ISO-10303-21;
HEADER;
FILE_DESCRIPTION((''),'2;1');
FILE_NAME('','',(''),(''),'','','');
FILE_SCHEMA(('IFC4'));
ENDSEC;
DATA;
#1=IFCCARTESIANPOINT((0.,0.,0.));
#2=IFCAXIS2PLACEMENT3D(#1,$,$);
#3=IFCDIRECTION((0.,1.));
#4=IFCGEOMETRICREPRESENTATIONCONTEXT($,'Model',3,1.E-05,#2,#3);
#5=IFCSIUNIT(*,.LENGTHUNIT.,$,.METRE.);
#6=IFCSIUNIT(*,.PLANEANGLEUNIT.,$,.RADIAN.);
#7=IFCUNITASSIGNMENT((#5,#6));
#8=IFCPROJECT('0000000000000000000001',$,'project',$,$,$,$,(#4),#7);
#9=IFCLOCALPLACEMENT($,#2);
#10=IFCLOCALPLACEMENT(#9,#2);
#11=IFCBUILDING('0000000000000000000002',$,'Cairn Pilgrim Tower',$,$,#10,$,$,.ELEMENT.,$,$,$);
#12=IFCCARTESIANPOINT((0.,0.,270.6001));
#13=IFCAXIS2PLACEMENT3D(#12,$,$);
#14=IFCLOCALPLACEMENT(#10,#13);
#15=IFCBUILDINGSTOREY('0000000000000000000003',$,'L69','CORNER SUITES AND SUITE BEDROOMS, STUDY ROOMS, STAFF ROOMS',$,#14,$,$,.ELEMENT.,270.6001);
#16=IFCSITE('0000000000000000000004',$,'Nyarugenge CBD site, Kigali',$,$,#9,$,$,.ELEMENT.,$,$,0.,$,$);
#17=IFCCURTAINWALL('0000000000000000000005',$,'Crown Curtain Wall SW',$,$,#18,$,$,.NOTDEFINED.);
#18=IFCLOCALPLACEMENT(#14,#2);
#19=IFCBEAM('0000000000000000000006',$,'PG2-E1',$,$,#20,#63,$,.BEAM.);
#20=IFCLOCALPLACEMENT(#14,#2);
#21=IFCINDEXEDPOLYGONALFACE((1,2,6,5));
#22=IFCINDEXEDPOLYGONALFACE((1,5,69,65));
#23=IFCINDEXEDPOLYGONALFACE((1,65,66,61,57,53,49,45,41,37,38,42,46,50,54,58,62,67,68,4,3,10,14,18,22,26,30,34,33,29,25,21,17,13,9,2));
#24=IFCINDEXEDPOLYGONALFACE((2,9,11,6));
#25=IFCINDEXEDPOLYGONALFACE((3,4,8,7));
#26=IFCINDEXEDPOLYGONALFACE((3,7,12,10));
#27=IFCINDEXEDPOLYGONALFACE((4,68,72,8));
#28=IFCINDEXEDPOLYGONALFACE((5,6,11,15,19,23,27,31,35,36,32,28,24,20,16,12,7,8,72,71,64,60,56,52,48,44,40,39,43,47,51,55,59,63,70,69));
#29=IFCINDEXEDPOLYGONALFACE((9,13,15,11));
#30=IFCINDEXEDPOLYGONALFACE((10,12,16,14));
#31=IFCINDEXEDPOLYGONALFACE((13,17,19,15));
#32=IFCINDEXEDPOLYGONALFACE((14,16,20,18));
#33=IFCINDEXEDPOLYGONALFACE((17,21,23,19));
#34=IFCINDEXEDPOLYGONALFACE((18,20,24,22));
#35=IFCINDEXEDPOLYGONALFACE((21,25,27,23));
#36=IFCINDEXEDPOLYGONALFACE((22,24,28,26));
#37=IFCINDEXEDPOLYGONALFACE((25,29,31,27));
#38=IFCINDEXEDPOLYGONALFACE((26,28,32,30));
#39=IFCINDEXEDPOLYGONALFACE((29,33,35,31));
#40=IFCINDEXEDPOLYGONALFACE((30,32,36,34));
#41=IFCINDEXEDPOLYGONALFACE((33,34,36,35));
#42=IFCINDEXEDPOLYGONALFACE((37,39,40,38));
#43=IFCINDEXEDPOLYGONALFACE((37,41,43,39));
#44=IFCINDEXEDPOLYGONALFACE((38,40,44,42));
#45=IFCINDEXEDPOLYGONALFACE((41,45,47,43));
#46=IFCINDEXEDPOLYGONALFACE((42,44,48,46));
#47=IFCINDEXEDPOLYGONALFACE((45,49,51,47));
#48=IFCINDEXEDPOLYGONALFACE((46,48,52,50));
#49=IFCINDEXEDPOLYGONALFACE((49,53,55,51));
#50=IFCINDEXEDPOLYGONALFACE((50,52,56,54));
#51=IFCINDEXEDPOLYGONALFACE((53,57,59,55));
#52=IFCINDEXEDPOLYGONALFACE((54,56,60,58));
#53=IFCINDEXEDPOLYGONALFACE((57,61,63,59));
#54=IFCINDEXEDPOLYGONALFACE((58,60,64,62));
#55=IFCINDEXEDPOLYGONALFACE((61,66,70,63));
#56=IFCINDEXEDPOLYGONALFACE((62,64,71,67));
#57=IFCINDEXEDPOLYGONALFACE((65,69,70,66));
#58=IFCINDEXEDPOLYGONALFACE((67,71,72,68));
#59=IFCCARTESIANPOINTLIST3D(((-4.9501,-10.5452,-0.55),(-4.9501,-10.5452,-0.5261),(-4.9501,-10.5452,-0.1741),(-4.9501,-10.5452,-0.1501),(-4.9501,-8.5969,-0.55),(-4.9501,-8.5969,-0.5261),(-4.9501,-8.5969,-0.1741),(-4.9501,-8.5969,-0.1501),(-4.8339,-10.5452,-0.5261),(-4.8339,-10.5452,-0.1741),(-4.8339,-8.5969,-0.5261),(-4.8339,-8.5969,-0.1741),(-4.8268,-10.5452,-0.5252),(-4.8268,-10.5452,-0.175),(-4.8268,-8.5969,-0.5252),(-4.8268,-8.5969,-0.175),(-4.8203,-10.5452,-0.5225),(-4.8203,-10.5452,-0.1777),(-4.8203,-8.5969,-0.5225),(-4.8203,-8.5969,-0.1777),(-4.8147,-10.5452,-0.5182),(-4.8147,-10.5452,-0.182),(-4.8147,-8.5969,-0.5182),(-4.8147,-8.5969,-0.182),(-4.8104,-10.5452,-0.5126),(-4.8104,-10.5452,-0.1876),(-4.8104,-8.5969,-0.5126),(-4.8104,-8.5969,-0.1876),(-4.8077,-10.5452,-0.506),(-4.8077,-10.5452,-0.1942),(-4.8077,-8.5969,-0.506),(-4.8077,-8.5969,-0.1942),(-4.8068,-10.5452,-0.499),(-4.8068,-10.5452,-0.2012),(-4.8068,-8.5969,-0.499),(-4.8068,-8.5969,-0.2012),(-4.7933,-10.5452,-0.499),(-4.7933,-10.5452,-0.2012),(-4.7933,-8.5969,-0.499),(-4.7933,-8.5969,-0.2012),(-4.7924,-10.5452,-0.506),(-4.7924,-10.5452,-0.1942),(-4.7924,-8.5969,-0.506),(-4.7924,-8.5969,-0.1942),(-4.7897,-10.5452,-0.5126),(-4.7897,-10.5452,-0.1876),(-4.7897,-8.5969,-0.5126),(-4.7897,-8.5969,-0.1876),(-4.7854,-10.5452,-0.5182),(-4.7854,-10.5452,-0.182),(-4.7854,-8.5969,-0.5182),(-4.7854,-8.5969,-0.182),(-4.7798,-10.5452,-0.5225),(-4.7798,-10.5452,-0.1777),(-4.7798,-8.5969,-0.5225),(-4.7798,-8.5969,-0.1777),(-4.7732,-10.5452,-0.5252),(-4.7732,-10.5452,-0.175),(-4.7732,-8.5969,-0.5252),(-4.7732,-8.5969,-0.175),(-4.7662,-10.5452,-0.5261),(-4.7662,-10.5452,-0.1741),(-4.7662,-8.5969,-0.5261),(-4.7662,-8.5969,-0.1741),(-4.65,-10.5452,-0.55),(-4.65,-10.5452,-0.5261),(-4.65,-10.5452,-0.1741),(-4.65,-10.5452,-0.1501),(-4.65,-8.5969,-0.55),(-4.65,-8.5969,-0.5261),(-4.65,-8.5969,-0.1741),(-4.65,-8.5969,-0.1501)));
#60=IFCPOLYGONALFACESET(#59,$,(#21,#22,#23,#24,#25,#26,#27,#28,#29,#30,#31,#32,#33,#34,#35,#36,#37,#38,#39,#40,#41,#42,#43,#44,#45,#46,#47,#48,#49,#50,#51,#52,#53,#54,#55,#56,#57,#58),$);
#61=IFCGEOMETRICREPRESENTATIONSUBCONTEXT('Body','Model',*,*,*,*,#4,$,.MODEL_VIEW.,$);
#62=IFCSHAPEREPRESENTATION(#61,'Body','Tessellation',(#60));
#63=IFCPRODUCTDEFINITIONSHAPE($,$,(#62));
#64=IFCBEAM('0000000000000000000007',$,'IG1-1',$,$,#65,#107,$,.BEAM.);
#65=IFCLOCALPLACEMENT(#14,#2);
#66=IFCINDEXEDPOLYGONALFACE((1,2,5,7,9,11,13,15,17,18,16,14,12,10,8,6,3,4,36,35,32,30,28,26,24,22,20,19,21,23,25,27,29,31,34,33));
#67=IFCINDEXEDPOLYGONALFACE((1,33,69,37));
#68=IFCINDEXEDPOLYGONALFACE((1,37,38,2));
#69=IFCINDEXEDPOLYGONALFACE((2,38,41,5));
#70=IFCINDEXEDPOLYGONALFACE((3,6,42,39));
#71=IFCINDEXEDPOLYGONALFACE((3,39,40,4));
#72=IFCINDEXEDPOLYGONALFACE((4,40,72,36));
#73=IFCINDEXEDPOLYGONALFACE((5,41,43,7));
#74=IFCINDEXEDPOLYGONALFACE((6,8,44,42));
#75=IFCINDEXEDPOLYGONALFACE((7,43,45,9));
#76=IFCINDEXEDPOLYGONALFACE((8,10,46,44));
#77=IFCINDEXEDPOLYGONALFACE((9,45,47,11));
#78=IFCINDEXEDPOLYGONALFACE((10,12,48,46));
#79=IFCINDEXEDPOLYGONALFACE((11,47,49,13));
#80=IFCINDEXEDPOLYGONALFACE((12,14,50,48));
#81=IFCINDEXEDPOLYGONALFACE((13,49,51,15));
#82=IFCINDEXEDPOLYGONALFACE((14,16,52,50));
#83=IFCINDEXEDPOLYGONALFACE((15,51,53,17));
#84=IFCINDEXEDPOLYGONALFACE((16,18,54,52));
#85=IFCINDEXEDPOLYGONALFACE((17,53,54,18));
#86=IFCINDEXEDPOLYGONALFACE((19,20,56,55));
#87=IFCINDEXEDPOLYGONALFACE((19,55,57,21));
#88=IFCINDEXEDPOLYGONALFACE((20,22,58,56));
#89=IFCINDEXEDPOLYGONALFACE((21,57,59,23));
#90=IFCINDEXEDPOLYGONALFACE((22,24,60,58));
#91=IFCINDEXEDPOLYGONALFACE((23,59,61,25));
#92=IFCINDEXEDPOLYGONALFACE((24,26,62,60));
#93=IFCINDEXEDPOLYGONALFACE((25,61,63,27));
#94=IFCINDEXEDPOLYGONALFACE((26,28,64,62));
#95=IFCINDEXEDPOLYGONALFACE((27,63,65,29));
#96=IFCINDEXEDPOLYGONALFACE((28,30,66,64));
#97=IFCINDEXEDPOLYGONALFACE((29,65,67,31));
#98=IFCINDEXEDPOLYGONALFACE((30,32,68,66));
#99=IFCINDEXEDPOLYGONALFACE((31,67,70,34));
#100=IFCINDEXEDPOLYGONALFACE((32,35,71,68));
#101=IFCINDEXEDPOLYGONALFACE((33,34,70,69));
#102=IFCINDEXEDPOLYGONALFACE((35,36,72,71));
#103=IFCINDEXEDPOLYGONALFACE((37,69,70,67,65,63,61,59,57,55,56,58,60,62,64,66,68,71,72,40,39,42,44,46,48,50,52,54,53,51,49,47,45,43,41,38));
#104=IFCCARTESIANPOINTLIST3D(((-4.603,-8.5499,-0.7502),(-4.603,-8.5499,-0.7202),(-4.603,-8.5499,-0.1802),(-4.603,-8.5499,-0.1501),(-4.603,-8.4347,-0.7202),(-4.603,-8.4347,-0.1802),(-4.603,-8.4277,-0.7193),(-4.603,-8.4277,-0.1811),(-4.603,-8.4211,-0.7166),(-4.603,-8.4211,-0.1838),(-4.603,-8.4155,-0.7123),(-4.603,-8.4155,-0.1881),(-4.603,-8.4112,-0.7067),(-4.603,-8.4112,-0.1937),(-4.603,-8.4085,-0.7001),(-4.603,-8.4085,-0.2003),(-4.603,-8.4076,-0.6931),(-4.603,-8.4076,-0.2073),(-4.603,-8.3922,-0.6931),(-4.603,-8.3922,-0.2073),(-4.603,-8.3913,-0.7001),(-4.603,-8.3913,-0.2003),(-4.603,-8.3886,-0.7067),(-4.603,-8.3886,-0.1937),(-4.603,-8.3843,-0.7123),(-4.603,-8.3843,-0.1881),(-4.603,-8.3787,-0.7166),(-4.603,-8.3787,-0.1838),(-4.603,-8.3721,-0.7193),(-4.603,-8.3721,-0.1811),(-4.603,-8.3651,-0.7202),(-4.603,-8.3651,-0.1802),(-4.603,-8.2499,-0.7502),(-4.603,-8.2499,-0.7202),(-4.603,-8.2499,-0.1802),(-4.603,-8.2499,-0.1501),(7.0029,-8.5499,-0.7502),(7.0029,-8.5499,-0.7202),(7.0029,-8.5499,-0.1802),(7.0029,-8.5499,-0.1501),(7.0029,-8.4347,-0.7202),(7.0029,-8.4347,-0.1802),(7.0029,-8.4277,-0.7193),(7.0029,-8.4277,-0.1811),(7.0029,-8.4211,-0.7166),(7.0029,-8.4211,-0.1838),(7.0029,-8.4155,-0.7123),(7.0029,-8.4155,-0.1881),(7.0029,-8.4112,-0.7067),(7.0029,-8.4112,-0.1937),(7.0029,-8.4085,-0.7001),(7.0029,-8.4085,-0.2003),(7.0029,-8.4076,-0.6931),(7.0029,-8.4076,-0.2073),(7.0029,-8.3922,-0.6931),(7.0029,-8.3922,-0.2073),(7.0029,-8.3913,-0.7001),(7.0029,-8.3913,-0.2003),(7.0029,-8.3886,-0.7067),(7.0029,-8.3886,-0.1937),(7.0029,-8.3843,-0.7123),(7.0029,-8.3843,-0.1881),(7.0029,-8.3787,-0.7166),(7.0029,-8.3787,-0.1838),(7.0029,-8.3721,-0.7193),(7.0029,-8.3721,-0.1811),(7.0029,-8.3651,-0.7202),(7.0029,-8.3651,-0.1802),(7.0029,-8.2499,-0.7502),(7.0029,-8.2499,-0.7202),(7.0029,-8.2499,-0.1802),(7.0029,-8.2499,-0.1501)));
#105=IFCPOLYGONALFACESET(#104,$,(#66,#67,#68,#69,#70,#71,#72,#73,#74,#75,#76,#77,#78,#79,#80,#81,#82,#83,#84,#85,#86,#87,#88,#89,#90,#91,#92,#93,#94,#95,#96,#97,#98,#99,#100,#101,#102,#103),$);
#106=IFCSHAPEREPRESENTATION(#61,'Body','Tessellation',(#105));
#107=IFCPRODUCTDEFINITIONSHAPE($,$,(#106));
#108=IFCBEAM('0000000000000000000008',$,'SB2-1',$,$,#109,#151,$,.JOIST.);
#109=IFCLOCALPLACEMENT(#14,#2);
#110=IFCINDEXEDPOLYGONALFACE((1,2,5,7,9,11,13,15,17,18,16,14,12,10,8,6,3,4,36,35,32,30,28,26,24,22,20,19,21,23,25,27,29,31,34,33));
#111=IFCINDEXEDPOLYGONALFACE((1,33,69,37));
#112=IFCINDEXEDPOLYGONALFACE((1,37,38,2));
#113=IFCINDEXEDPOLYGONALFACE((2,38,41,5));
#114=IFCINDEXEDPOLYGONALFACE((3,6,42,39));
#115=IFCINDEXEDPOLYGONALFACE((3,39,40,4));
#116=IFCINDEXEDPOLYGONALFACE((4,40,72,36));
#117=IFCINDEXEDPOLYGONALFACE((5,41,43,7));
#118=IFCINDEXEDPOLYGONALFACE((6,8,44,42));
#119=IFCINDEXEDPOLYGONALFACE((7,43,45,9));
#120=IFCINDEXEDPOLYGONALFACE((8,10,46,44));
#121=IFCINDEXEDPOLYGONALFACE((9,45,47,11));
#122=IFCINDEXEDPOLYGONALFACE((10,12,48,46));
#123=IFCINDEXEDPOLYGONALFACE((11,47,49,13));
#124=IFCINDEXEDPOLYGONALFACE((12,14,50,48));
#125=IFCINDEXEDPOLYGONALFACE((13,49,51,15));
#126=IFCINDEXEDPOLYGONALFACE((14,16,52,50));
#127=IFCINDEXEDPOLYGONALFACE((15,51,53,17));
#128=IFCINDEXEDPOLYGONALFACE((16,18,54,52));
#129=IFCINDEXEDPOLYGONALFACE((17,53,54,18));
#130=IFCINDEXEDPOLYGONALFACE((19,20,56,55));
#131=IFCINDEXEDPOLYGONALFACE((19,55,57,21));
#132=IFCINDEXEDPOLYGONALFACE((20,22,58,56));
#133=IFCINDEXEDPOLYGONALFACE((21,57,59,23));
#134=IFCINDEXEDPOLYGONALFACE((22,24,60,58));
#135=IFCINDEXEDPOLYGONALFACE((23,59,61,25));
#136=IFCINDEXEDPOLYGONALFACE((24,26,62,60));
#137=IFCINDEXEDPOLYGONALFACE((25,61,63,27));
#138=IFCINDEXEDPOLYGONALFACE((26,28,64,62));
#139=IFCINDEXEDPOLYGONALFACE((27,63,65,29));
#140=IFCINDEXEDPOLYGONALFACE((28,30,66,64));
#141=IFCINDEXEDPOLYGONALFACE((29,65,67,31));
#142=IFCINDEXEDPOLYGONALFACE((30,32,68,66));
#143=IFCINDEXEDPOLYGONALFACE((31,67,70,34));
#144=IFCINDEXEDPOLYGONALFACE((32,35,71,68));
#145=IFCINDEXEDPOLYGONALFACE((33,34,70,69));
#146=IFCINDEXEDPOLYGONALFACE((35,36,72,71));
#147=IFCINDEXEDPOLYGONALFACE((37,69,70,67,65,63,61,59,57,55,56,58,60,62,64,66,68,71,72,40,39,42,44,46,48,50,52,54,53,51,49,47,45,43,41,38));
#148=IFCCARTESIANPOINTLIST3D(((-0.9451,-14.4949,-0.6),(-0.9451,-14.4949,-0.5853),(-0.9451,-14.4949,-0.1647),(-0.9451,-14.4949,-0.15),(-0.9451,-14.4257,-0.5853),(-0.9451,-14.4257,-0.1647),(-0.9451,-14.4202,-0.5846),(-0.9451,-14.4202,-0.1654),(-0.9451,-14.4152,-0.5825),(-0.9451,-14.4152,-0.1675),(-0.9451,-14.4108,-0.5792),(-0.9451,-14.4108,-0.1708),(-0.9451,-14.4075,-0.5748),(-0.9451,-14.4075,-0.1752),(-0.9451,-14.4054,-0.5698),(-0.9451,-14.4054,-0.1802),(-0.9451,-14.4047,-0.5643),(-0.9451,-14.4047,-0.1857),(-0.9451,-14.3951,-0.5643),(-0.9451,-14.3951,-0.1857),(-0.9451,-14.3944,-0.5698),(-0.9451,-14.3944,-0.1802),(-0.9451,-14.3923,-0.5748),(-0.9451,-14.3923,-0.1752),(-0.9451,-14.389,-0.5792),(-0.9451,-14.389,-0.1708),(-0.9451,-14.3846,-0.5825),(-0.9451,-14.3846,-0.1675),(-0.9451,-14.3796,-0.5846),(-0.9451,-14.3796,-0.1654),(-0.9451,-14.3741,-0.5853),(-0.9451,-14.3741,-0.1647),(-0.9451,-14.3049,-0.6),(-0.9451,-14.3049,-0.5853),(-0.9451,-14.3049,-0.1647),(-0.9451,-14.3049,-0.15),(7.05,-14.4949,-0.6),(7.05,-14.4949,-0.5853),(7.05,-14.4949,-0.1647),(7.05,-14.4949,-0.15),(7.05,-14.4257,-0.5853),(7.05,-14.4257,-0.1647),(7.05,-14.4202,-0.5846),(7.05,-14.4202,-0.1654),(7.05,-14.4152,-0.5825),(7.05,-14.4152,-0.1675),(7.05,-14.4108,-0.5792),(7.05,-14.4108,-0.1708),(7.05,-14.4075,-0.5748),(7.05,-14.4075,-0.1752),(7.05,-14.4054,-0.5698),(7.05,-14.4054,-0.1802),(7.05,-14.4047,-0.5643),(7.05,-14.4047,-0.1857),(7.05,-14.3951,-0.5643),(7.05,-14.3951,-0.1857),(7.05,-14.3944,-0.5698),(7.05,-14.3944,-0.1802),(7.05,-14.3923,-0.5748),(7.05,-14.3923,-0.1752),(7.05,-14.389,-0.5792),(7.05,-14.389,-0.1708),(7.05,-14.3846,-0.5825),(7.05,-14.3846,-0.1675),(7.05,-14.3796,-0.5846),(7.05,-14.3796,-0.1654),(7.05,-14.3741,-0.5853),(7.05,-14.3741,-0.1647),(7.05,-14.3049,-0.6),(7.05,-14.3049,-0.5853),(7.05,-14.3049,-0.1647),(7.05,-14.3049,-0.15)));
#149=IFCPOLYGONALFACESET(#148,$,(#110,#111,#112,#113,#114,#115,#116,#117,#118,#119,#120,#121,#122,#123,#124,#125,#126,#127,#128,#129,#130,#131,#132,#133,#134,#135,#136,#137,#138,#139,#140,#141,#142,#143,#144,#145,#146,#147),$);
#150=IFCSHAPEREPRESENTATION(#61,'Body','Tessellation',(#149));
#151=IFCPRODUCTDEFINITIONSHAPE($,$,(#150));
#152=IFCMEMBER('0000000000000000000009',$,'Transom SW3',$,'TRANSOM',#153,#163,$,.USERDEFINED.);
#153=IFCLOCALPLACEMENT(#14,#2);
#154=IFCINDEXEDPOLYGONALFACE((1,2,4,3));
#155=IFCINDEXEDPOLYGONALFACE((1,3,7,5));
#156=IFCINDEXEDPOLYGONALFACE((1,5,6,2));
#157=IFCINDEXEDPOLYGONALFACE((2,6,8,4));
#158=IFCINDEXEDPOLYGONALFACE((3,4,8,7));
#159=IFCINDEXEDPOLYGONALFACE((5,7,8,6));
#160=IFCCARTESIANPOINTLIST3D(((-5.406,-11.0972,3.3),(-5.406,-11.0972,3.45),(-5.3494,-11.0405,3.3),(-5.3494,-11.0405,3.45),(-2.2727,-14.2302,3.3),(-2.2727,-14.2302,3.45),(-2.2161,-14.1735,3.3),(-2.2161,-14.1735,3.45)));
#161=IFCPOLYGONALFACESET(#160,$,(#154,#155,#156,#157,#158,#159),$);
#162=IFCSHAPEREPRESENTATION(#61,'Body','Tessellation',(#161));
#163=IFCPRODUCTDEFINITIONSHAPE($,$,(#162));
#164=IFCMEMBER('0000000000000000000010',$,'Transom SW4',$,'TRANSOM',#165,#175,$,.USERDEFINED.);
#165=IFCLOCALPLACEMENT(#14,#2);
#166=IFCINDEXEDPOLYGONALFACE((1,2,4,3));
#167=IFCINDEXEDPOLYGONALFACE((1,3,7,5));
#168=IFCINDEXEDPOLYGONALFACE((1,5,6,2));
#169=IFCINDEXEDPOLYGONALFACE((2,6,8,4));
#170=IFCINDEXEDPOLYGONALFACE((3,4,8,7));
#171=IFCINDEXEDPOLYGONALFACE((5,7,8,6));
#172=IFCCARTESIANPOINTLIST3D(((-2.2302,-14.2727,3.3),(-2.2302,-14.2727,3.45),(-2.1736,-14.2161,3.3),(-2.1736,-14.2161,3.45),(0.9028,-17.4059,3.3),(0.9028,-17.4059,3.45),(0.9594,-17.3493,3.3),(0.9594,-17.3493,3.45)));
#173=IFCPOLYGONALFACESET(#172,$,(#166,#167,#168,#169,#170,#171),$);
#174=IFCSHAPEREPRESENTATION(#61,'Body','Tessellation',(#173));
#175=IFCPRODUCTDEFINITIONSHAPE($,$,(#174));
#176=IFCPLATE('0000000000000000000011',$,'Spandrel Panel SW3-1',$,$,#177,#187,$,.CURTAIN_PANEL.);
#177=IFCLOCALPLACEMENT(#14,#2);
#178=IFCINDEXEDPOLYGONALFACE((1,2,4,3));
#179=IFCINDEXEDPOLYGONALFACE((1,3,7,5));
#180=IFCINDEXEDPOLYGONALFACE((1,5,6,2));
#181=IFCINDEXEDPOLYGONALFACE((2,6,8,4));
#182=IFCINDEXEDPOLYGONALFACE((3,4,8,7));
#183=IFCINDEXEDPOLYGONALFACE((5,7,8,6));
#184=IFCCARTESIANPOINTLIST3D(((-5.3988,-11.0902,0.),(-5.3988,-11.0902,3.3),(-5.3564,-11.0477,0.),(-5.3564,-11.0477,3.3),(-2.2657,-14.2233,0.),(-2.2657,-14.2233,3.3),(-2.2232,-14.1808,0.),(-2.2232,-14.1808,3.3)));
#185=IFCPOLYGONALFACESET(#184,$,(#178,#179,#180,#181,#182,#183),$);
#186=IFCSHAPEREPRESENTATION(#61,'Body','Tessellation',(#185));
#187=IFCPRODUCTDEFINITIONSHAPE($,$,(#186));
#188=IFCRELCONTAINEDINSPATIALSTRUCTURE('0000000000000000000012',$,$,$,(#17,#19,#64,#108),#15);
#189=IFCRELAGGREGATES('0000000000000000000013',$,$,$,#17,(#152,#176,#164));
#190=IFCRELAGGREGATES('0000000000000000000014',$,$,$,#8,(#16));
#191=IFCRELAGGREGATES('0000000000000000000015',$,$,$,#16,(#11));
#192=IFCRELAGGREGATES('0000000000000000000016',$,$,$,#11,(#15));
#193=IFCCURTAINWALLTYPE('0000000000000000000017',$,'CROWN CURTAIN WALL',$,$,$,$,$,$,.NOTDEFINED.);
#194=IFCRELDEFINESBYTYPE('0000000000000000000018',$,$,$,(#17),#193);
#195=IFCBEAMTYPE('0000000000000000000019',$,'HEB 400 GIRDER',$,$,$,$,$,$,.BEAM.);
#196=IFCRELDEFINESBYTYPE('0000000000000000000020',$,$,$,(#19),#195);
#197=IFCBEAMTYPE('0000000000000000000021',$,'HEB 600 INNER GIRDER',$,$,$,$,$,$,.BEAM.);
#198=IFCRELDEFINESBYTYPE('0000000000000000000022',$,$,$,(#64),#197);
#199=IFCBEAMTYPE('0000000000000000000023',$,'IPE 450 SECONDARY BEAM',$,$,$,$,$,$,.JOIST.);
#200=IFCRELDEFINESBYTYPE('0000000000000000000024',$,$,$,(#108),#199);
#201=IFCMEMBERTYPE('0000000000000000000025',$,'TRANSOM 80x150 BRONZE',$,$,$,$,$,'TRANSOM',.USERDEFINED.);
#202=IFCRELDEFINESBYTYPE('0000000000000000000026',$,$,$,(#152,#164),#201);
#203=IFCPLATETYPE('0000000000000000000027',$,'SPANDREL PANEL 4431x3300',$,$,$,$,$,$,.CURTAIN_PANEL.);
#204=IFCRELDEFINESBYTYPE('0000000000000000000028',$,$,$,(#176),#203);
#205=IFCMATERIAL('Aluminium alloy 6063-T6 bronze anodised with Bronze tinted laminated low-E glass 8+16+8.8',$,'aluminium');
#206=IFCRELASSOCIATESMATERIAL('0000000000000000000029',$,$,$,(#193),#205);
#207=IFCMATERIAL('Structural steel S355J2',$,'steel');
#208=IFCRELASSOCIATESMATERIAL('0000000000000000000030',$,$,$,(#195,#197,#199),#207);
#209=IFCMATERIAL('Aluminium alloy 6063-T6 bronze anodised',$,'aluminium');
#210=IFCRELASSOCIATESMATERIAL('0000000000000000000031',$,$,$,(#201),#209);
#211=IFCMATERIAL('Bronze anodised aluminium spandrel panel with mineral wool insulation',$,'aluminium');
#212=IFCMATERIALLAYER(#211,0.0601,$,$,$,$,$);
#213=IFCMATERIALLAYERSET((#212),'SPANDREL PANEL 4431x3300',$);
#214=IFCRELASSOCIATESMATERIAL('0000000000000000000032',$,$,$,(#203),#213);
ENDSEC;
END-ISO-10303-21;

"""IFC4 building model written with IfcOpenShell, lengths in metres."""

from ifc_helpers import new_model, si_unit, direction, frame, origin, origin_2d, place, context, subcontext, project, spatial, rectangle, i_section, extrude, material, layer, layer_set, material_profile, profile_set, type_object, element, aggregate, save


model = new_model("IFC4")

# Units and contexts
model_context = context("Model", 3, precision=1e-05, world=origin(), true_north=direction((0.0, 1.0)))
body_context = subcontext(model_context, "Body", "Model", "MODEL_VIEW")
ifc_project = project(units=[si_unit("LENGTHUNIT", "METRE"), si_unit("PLANEANGLEUNIT", "RADIAN")], contexts=[model_context])

# Site, building, storey
site_placement = place(None, origin())
site = spatial("IfcSite", under=ifc_project, at=site_placement, Name="Nyarugenge CBD site, Kigali", CompositionType="ELEMENT", RefElevation=0.0)
building_placement = place(site_placement, origin())
building = spatial("IfcBuilding", under=site, at=building_placement, Name="Cairn Pilgrim Tower", CompositionType="ELEMENT")
storey_placement = place(building_placement, frame((0.0, 0.0, 270.6001)))
storey = spatial("IfcBuildingStorey", under=building, at=storey_placement, Name="L69", Description="CORNER SUITES AND SUITE BEDROOMS, STUDY ROOMS, STAFF ROOMS", CompositionType="ELEMENT", Elevation=270.6001)

# Shared definitions
ifc_material_1 = material(Name="Structural steel S355J2", Category="steel")

# Curtain wall
ifc_material_2 = material(Name="Aluminium alloy 6063-T6 bronze anodised with Bronze tinted laminated low-E glass 8+16+8.8", Category="aluminium")
curtain_wall_type = type_object("IfcCurtainWallType", Name="CROWN CURTAIN WALL", PredefinedType="NOTDEFINED", material=ifc_material_2)
curtain_wall_placement = place(storey_placement, origin())
curtain_wall = element("IfcCurtainWall", 1, at=curtain_wall_placement, inside=storey, type_object=curtain_wall_type, Name="Crown Curtain Wall SW", PredefinedType="NOTDEFINED")
ifc_material_3 = material(Name="Aluminium alloy 6063-T6 bronze anodised", Category="aluminium")

# Beams
ifc_material_profile_1 = material_profile(ifc_material_1, i_section(OverallWidth=0.3, OverallDepth=0.3999, WebThickness=0.0134, FlangeThickness=0.0239, FilletRadius=0.0271, at=origin_2d()), Name="HEB 400")
ifc_profile_set_1 = profile_set([ifc_material_profile_1], Name="Structural steel S355J2")
beam_type_1 = type_object("IfcBeamType", Name="HEB 400 GIRDER", PredefinedType="BEAM", material=ifc_profile_set_1)
beam_1_placement = place(storey_placement, frame((-4.8, -10.5452, -0.3501), z_axis=(0.0, 1.0, 0.0), x_axis=(-1.0, 0.0, 0.0)))
element("IfcBeam", 2, at=beam_1_placement, inside=storey, type_object=beam_type_1, Name="PG2-E1", PredefinedType="BEAM", context=body_context, shape_type="SweptSolid", body=[
    extrude(i_section(OverallWidth=0.3, OverallDepth=0.3999, WebThickness=0.0134, FlangeThickness=0.0239, FilletRadius=0.0271, at=origin_2d()), origin(), (0.0, 0.0, 1.0), 1.9482),
])
ifc_material_profile_2 = material_profile(ifc_material_1, i_section(OverallWidth=0.3, OverallDepth=0.6001, WebThickness=0.0154, FlangeThickness=0.03, FilletRadius=0.0271, at=origin_2d()), Name="HEB 600")
ifc_profile_set_2 = profile_set([ifc_material_profile_2], Name="Structural steel S355J2")
beam_type_2 = type_object("IfcBeamType", Name="HEB 600 INNER GIRDER", PredefinedType="BEAM", material=ifc_profile_set_2)
beam_2_placement = place(storey_placement, frame((-4.603, -8.3999, -0.4502), z_axis=(1.0, 0.0, 0.0), x_axis=(0.0, 1.0, 0.0)))
element("IfcBeam", 3, at=beam_2_placement, inside=storey, type_object=beam_type_2, Name="IG1-1", PredefinedType="BEAM", context=body_context, shape_type="SweptSolid", body=[
    extrude(i_section(OverallWidth=0.3, OverallDepth=0.6001, WebThickness=0.0154, FlangeThickness=0.03, FilletRadius=0.0271, at=origin_2d()), origin(), (0.0, 0.0, 1.0), 11.606),
])
ifc_material_profile_3 = material_profile(ifc_material_1, i_section(OverallWidth=0.1899, OverallDepth=0.45, WebThickness=0.0095, FlangeThickness=0.0146, FilletRadius=0.021, at=origin_2d()), Name="IPE 450")
ifc_profile_set_3 = profile_set([ifc_material_profile_3], Name="Structural steel S355J2")
beam_type_3 = type_object("IfcBeamType", Name="IPE 450 SECONDARY BEAM", PredefinedType="JOIST", material=ifc_profile_set_3)
beam_3_placement = place(storey_placement, frame((-0.9451, -14.3999, -0.375), z_axis=(1.0, 0.0, 0.0), x_axis=(0.0, 1.0, 0.0)))
element("IfcBeam", 4, at=beam_3_placement, inside=storey, type_object=beam_type_3, Name="SB2-1", PredefinedType="JOIST", context=body_context, shape_type="SweptSolid", body=[
    extrude(i_section(OverallWidth=0.1899, OverallDepth=0.45, WebThickness=0.0095, FlangeThickness=0.0146, FilletRadius=0.021, at=origin_2d()), origin(), (0.0, 0.0, 1.0), 7.9951),
])

# Members
ifc_material_profile_4 = material_profile(ifc_material_3, rectangle(XDim=0.0801, YDim=0.1499, at=origin_2d()), Name="TRANSOM 80x150 BRONZE")
ifc_profile_set_4 = profile_set([ifc_material_profile_4], Name="Aluminium alloy 6063-T6 bronze anodised")
member_type_1 = type_object("IfcMemberType", Name="TRANSOM 80x150 BRONZE", ElementType="TRANSOM", PredefinedType="USERDEFINED", material=ifc_profile_set_4)
member_1_placement = place(storey_placement, frame((-5.3777, -11.0688, 3.375), z_axis=(0.707134, -0.707079, 0.0), x_axis=(0.707079, 0.707134, 0.0)))
member_1 = element("IfcMember", 5, at=member_1_placement, type_object=member_type_1, Name="Transom SW3", ObjectType="TRANSOM", PredefinedType="USERDEFINED", context=body_context, shape_type="SweptSolid", body=[
    extrude(rectangle(XDim=0.0801, YDim=0.1499, at=origin_2d()), origin(), (0.0, 0.0, 1.0), 4.4309),
])
member_2_placement = place(storey_placement, frame((-2.2019, -14.2444, 3.375), z_axis=(0.707079, -0.707134, 0.0), x_axis=(0.707134, 0.707079, 0.0)))
member_2 = element("IfcMember", 6, at=member_2_placement, type_object=member_type_1, Name="Transom SW4", ObjectType="TRANSOM", PredefinedType="USERDEFINED", context=body_context, shape_type="SweptSolid", body=[
    extrude(rectangle(XDim=0.0801, YDim=0.1499, at=origin_2d()), origin(), (0.0, 0.0, 1.0), 4.4309),
])

# Plate
ifc_material_4 = material(Name="Bronze anodised aluminium spandrel panel with mineral wool insulation", Category="aluminium")
ifc_layer_1 = layer(ifc_material_4, 0.0601)
ifc_layer_set_1 = layer_set([ifc_layer_1], Name="SPANDREL PANEL 4431x3300")
plate_type = type_object("IfcPlateType", Name="SPANDREL PANEL 4431x3300", PredefinedType="CURTAIN_PANEL", material=ifc_layer_set_1)
plate_1_placement = place(storey_placement, frame((-3.811, -12.6355, 0.0), z_axis=(0.0, 0.0, 1.0), x_axis=(0.707107, -0.707107, 0.0)))
plate_1 = element("IfcPlate", 7, at=plate_1_placement, type_object=plate_type, Name="Spandrel Panel SW3-1", PredefinedType="CURTAIN_PANEL", context=body_context, shape_type="SweptSolid", body=[
    extrude(rectangle(XDim=4.4309, YDim=0.0601, at=origin_2d()), origin(), (0.0, 0.0, 1.0), 3.3),
])
aggregate(curtain_wall, [member_1, plate_1, member_2])

save(model, "model.ifc")
